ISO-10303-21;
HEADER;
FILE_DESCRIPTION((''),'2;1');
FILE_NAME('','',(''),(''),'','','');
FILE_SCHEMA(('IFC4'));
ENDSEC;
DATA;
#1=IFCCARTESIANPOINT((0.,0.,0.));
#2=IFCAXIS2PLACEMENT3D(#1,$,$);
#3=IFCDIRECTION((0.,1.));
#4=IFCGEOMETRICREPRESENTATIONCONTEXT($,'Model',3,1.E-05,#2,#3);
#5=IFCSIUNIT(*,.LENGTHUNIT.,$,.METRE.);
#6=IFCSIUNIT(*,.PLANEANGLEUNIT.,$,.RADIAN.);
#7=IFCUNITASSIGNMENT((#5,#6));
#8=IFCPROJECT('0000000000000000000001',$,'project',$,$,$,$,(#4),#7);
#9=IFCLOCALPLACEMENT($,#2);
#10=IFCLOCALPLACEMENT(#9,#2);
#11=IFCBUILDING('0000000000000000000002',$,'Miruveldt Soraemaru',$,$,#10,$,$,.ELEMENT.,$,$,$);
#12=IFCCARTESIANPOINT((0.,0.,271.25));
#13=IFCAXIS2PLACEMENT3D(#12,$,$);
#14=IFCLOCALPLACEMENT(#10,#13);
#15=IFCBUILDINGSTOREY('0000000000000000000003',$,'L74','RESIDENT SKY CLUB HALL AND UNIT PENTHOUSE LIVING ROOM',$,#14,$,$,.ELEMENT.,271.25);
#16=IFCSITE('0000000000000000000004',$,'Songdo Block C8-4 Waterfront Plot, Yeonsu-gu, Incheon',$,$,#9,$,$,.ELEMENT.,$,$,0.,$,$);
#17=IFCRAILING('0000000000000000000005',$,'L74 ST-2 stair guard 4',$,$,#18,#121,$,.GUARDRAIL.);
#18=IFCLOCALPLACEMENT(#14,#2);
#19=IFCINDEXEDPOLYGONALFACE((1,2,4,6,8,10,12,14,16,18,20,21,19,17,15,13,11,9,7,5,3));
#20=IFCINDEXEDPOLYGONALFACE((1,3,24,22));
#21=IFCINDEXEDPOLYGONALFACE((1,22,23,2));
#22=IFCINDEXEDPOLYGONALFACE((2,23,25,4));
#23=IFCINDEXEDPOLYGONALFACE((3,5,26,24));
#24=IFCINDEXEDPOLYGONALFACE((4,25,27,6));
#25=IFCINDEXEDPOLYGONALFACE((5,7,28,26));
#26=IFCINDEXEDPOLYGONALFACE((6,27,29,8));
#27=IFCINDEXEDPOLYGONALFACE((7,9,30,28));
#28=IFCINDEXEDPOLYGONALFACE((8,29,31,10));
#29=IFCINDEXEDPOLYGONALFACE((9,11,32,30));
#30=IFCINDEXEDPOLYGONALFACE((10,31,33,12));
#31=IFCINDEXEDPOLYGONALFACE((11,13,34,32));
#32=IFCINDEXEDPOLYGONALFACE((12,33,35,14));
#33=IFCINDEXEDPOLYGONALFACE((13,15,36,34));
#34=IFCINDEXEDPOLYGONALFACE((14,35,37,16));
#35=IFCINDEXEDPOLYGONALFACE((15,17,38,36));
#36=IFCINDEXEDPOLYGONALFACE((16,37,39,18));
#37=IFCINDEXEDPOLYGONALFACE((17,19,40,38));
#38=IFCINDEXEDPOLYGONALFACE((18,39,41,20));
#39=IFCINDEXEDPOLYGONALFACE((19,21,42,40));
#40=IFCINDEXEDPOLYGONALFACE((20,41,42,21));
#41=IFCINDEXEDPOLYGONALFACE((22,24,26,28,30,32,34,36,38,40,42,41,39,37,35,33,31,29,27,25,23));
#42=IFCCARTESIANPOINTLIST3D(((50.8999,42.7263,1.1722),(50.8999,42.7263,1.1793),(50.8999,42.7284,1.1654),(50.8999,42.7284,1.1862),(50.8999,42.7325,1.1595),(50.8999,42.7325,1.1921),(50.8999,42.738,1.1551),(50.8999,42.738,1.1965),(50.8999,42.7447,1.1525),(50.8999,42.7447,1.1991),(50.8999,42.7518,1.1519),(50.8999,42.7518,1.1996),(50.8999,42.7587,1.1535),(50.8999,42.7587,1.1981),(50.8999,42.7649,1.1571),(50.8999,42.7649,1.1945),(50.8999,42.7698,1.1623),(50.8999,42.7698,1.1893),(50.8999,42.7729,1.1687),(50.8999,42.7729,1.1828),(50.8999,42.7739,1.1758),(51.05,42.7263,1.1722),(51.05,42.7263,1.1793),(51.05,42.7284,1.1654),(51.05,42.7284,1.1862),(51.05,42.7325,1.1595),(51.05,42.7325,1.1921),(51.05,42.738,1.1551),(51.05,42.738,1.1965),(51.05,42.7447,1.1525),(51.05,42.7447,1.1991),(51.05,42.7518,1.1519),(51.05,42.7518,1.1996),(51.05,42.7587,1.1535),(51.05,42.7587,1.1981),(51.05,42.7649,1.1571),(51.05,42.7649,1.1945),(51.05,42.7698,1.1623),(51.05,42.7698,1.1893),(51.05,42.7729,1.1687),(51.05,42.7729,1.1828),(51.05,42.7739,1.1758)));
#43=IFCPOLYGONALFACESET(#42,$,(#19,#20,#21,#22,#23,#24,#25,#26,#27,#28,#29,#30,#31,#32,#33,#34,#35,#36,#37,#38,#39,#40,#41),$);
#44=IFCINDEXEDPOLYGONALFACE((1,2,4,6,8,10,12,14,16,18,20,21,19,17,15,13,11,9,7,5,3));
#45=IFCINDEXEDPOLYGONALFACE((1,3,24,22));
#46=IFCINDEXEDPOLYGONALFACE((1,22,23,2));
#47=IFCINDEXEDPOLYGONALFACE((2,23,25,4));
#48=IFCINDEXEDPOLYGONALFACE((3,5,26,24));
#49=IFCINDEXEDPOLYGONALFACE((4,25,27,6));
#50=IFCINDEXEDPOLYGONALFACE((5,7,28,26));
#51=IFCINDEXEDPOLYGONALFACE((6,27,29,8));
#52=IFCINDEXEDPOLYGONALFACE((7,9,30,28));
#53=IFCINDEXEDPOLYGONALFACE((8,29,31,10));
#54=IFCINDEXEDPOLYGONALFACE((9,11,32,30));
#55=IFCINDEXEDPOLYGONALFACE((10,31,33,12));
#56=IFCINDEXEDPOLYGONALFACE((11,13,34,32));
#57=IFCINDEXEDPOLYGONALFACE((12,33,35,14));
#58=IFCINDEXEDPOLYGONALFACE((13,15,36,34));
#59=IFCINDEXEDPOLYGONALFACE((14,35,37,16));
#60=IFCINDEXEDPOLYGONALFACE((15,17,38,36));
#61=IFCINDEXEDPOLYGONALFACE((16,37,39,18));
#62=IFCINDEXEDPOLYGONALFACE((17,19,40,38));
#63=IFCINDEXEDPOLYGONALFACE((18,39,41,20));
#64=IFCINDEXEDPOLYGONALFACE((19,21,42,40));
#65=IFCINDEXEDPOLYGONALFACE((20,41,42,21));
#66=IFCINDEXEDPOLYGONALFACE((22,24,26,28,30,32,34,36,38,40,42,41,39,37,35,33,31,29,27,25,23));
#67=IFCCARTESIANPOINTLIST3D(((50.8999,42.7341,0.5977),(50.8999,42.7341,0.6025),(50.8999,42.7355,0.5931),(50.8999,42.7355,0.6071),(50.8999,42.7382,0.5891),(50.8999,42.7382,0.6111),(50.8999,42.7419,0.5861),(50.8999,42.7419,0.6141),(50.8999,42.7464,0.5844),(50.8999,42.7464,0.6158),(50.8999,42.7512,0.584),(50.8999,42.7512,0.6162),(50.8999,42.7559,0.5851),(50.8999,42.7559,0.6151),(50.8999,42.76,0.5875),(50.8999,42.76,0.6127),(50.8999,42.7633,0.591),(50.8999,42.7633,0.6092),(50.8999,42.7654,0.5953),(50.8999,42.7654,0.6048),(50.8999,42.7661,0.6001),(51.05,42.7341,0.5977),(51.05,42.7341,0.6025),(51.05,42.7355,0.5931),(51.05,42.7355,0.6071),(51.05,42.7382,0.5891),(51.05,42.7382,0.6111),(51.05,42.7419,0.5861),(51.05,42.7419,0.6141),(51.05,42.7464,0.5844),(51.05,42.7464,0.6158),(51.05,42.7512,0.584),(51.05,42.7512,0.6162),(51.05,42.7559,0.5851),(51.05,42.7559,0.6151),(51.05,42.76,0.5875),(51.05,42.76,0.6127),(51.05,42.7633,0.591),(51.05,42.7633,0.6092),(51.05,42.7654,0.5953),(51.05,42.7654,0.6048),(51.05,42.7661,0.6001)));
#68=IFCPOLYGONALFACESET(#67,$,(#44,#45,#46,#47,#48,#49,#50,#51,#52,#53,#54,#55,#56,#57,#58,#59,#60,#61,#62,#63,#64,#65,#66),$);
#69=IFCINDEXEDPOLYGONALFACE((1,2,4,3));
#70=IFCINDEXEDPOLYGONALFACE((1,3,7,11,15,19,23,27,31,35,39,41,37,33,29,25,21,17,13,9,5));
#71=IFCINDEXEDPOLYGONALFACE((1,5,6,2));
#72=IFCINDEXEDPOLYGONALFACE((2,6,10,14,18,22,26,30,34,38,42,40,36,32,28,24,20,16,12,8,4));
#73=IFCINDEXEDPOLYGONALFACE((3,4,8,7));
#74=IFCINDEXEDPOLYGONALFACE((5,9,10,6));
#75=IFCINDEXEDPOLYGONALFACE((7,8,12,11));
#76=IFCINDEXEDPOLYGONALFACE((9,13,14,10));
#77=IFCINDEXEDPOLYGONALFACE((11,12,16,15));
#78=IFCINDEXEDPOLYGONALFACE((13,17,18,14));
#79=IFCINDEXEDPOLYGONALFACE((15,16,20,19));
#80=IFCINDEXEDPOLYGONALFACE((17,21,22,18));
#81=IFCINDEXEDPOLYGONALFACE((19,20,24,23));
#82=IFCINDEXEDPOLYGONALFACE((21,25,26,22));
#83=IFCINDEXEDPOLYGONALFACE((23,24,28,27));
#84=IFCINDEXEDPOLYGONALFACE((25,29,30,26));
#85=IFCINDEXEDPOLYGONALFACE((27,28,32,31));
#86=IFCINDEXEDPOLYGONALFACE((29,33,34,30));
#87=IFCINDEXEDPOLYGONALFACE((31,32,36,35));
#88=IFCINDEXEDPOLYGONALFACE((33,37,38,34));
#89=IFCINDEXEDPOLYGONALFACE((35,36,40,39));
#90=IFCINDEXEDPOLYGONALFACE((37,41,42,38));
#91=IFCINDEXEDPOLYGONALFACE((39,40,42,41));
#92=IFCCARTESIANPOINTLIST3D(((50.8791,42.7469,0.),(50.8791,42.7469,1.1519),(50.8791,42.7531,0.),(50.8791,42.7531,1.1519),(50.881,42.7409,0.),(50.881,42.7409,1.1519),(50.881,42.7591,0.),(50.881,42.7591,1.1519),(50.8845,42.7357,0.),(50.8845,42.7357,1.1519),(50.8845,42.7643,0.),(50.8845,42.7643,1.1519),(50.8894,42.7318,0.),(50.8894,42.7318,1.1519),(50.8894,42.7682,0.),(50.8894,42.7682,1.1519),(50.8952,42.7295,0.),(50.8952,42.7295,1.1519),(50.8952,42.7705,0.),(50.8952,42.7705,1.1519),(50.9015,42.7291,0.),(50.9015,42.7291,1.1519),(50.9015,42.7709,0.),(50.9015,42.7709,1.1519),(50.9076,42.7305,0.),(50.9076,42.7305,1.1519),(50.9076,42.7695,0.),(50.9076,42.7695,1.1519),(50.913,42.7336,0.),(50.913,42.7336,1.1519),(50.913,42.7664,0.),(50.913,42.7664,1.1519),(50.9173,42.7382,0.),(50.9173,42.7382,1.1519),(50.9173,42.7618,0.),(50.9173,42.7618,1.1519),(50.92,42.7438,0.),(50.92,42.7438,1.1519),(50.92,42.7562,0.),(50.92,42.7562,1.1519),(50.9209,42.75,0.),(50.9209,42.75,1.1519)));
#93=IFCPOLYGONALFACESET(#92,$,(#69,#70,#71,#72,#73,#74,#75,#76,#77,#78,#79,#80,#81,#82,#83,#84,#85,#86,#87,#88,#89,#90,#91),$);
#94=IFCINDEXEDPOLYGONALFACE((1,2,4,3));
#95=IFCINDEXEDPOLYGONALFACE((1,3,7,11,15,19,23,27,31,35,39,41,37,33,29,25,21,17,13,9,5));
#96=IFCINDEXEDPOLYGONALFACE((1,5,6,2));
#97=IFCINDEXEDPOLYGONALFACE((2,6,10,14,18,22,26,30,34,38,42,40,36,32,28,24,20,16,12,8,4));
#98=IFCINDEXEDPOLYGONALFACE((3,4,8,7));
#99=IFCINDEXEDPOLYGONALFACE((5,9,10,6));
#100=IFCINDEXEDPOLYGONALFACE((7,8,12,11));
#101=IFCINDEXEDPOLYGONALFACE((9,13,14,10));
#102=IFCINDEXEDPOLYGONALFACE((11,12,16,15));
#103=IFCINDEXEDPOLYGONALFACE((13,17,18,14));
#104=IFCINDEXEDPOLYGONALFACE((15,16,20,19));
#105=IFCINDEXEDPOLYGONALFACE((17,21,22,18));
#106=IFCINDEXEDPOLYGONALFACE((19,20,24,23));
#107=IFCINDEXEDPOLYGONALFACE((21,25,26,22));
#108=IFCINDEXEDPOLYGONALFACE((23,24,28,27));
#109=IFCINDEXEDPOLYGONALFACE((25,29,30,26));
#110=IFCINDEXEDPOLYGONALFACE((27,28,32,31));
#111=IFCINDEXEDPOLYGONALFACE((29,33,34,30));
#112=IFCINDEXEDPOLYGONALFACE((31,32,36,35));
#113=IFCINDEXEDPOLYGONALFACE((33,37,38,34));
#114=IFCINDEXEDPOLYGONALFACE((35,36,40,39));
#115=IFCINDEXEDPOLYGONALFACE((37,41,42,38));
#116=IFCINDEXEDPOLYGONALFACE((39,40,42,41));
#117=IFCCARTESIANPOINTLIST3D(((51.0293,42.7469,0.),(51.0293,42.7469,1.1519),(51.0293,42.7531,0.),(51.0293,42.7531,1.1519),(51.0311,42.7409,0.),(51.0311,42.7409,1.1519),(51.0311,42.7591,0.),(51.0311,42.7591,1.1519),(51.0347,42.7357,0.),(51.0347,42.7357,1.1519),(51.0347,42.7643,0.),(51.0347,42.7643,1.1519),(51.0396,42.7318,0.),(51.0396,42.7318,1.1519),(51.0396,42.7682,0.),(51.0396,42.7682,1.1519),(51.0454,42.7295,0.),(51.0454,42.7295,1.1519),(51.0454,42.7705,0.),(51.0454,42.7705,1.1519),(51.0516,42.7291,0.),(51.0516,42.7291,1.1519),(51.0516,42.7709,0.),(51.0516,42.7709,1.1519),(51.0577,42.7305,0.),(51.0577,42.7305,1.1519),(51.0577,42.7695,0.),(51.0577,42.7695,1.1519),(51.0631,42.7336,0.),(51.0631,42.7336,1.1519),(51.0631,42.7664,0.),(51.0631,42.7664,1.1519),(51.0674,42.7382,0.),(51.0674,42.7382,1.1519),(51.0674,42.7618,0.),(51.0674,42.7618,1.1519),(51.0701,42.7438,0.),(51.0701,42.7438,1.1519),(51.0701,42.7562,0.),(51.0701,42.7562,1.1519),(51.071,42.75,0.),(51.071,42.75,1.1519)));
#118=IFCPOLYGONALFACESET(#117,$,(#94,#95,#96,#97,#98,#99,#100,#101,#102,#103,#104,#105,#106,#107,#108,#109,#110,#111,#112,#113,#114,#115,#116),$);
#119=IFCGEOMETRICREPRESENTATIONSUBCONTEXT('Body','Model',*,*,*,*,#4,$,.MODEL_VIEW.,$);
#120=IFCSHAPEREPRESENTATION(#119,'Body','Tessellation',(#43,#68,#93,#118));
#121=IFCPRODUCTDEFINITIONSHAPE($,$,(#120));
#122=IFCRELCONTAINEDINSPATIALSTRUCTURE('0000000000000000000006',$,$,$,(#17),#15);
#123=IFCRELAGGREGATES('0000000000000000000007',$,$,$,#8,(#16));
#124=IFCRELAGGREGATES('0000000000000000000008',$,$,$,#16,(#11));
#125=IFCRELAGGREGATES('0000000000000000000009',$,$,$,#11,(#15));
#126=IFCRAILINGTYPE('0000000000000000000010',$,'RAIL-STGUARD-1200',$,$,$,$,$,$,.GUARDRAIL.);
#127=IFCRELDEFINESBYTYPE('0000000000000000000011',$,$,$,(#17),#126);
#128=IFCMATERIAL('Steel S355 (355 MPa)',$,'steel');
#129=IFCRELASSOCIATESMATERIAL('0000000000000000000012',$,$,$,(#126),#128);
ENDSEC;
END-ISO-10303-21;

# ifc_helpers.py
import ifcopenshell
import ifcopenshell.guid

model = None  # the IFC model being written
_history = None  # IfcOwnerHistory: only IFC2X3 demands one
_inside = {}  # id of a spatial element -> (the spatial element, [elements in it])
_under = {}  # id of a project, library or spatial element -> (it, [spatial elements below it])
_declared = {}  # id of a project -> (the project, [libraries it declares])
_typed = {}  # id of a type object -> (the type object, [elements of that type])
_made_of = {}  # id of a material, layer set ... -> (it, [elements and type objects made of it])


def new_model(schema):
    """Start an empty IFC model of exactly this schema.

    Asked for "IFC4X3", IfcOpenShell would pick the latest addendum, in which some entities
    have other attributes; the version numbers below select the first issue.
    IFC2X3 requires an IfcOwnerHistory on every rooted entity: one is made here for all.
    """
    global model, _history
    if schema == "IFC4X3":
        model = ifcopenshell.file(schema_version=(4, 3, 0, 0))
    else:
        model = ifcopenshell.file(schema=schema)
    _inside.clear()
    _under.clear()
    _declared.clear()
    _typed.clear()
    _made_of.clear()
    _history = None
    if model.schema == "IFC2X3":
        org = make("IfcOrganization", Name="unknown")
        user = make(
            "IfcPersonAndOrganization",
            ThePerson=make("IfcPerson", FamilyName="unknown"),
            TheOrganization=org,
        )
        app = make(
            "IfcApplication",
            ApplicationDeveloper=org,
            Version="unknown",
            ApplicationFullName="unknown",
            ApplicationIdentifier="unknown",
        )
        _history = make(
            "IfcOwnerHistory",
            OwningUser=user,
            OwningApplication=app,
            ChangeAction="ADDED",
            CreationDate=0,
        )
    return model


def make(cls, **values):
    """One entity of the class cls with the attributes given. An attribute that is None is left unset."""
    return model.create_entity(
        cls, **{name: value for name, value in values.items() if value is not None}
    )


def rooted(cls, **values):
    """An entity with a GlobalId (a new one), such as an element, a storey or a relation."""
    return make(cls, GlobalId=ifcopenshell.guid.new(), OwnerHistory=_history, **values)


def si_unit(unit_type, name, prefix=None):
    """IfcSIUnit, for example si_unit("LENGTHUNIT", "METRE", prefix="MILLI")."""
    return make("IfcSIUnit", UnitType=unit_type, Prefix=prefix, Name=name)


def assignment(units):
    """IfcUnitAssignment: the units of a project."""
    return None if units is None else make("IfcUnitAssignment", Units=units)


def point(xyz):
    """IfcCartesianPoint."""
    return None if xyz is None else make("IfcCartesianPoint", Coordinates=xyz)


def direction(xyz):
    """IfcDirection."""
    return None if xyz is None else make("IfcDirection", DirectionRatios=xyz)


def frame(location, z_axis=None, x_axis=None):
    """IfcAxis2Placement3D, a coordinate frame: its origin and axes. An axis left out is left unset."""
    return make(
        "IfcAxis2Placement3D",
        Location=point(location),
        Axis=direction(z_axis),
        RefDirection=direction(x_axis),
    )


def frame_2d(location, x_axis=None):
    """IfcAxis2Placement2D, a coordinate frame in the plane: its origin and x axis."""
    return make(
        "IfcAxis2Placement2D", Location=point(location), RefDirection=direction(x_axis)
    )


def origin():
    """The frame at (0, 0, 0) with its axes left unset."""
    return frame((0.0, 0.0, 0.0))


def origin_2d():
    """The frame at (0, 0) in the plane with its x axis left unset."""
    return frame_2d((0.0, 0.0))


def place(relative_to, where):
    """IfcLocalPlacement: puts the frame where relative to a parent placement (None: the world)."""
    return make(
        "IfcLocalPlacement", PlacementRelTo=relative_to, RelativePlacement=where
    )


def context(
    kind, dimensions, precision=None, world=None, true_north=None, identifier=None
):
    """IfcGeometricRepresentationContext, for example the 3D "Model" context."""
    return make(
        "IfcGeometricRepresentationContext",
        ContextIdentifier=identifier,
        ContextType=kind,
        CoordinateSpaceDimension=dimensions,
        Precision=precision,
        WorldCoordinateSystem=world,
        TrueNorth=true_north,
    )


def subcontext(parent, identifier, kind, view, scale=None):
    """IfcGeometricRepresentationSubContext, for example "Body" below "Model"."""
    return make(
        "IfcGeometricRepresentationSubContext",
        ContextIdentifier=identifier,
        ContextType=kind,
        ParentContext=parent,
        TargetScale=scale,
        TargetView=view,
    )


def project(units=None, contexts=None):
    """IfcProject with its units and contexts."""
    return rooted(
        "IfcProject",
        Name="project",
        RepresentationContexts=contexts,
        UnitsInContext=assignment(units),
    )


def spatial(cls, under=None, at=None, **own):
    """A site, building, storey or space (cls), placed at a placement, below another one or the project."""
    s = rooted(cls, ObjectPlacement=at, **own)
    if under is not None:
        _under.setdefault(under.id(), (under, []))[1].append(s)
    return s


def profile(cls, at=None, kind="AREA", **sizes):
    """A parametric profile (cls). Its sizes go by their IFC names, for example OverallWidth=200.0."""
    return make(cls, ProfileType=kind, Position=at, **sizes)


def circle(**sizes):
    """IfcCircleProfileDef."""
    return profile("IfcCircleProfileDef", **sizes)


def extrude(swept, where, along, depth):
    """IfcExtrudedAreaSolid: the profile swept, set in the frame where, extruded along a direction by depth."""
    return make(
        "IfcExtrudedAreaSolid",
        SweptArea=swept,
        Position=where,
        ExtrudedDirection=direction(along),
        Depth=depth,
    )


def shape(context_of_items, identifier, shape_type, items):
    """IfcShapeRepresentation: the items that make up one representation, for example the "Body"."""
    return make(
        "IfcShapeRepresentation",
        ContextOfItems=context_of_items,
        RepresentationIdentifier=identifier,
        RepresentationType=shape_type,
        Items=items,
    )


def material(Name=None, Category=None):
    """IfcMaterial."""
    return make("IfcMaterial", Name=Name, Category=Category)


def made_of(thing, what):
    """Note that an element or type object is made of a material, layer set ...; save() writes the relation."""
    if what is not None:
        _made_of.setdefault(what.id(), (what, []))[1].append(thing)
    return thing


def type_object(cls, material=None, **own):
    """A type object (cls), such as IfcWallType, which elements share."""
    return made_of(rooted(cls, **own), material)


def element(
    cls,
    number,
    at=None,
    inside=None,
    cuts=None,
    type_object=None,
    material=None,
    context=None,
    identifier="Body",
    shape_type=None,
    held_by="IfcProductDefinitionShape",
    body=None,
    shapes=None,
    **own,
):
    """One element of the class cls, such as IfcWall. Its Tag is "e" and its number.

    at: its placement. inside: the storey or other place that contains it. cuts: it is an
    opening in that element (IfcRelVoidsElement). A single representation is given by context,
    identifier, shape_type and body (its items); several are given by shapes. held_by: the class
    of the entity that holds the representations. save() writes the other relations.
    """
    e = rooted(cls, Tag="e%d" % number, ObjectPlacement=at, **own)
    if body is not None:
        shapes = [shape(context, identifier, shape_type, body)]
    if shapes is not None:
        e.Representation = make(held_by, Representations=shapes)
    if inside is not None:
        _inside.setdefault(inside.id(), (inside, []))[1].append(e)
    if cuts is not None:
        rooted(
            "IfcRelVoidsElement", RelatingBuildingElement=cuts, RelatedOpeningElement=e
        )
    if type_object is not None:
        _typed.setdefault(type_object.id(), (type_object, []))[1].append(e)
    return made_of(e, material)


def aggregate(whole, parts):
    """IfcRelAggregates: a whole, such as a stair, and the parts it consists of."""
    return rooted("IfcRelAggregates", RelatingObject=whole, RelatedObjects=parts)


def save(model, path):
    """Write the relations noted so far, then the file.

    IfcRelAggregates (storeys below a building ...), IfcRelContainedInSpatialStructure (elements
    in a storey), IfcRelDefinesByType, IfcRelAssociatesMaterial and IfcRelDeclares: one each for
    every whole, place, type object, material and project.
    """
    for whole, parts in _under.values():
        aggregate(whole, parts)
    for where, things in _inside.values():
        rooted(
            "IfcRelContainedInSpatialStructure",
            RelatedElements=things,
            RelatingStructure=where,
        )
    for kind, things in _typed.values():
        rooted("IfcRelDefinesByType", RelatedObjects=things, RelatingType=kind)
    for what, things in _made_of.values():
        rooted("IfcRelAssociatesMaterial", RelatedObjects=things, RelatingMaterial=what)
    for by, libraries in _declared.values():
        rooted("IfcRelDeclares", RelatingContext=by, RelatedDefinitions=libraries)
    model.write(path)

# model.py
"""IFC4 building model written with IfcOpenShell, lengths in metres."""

from ifc_helpers import new_model, si_unit, direction, frame, origin, origin_2d, place, context, subcontext, project, spatial, circle, extrude, material, type_object, element, save


model = new_model("IFC4")

# Units and contexts
model_context = context("Model", 3, precision=1e-05, world=origin(), true_north=direction((0.0, 1.0)))
body_context = subcontext(model_context, "Body", "Model", "MODEL_VIEW")
ifc_project = project(units=[si_unit("LENGTHUNIT", "METRE"), si_unit("PLANEANGLEUNIT", "RADIAN")], contexts=[model_context])

# Site, building, storey
site_placement = place(None, origin())
site = spatial("IfcSite", under=ifc_project, at=site_placement, Name="Songdo Block C8-4 Waterfront Plot, Yeonsu-gu, Incheon", CompositionType="ELEMENT", RefElevation=0.0)
building_placement = place(site_placement, origin())
building = spatial("IfcBuilding", under=site, at=building_placement, Name="Miruveldt Soraemaru", CompositionType="ELEMENT")
storey_placement = place(building_placement, frame((0.0, 0.0, 271.25)))
storey = spatial("IfcBuildingStorey", under=building, at=storey_placement, Name="L74", Description="RESIDENT SKY CLUB HALL AND UNIT PENTHOUSE LIVING ROOM", CompositionType="ELEMENT", Elevation=271.25)

# Railing
ifc_material_1 = material(Name="Steel S355 (355 MPa)", Category="steel")
railing_type_1 = type_object("IfcRailingType", Name="RAIL-STGUARD-1200", PredefinedType="GUARDRAIL", material=ifc_material_1)
railing_1_placement = place(storey_placement, frame((50.8999, 42.75, 0.0)))
element("IfcRailing", 1, at=railing_1_placement, inside=storey, type_object=railing_type_1, Name="L74 ST-2 stair guard 4", PredefinedType="GUARDRAIL", context=body_context, shape_type="SweptSolid", body=[
    extrude(circle(Radius=0.0239, at=origin_2d()), frame((0.0, 0.0, 1.1758), z_axis=(1.0, 0.0, 0.0), x_axis=(0.0, 1.0, 0.0)), (0.0, 0.0, 1.0), 0.1501),
    extrude(circle(Radius=0.0161, at=origin_2d()), frame((0.0, 0.0, 0.6001), z_axis=(1.0, 0.0, 0.0), x_axis=(0.0, 1.0, 0.0)), (0.0, 0.0, 1.0), 0.1501),
    extrude(circle(Radius=0.021, at=origin_2d()), origin(), (0.0, 0.0, 1.0), 1.1519),
    extrude(circle(Radius=0.021, at=origin_2d()), frame((0.1501, 0.0, 0.0)), (0.0, 0.0, 1.0), 1.1519),
])

save(model, "model.ifc")
